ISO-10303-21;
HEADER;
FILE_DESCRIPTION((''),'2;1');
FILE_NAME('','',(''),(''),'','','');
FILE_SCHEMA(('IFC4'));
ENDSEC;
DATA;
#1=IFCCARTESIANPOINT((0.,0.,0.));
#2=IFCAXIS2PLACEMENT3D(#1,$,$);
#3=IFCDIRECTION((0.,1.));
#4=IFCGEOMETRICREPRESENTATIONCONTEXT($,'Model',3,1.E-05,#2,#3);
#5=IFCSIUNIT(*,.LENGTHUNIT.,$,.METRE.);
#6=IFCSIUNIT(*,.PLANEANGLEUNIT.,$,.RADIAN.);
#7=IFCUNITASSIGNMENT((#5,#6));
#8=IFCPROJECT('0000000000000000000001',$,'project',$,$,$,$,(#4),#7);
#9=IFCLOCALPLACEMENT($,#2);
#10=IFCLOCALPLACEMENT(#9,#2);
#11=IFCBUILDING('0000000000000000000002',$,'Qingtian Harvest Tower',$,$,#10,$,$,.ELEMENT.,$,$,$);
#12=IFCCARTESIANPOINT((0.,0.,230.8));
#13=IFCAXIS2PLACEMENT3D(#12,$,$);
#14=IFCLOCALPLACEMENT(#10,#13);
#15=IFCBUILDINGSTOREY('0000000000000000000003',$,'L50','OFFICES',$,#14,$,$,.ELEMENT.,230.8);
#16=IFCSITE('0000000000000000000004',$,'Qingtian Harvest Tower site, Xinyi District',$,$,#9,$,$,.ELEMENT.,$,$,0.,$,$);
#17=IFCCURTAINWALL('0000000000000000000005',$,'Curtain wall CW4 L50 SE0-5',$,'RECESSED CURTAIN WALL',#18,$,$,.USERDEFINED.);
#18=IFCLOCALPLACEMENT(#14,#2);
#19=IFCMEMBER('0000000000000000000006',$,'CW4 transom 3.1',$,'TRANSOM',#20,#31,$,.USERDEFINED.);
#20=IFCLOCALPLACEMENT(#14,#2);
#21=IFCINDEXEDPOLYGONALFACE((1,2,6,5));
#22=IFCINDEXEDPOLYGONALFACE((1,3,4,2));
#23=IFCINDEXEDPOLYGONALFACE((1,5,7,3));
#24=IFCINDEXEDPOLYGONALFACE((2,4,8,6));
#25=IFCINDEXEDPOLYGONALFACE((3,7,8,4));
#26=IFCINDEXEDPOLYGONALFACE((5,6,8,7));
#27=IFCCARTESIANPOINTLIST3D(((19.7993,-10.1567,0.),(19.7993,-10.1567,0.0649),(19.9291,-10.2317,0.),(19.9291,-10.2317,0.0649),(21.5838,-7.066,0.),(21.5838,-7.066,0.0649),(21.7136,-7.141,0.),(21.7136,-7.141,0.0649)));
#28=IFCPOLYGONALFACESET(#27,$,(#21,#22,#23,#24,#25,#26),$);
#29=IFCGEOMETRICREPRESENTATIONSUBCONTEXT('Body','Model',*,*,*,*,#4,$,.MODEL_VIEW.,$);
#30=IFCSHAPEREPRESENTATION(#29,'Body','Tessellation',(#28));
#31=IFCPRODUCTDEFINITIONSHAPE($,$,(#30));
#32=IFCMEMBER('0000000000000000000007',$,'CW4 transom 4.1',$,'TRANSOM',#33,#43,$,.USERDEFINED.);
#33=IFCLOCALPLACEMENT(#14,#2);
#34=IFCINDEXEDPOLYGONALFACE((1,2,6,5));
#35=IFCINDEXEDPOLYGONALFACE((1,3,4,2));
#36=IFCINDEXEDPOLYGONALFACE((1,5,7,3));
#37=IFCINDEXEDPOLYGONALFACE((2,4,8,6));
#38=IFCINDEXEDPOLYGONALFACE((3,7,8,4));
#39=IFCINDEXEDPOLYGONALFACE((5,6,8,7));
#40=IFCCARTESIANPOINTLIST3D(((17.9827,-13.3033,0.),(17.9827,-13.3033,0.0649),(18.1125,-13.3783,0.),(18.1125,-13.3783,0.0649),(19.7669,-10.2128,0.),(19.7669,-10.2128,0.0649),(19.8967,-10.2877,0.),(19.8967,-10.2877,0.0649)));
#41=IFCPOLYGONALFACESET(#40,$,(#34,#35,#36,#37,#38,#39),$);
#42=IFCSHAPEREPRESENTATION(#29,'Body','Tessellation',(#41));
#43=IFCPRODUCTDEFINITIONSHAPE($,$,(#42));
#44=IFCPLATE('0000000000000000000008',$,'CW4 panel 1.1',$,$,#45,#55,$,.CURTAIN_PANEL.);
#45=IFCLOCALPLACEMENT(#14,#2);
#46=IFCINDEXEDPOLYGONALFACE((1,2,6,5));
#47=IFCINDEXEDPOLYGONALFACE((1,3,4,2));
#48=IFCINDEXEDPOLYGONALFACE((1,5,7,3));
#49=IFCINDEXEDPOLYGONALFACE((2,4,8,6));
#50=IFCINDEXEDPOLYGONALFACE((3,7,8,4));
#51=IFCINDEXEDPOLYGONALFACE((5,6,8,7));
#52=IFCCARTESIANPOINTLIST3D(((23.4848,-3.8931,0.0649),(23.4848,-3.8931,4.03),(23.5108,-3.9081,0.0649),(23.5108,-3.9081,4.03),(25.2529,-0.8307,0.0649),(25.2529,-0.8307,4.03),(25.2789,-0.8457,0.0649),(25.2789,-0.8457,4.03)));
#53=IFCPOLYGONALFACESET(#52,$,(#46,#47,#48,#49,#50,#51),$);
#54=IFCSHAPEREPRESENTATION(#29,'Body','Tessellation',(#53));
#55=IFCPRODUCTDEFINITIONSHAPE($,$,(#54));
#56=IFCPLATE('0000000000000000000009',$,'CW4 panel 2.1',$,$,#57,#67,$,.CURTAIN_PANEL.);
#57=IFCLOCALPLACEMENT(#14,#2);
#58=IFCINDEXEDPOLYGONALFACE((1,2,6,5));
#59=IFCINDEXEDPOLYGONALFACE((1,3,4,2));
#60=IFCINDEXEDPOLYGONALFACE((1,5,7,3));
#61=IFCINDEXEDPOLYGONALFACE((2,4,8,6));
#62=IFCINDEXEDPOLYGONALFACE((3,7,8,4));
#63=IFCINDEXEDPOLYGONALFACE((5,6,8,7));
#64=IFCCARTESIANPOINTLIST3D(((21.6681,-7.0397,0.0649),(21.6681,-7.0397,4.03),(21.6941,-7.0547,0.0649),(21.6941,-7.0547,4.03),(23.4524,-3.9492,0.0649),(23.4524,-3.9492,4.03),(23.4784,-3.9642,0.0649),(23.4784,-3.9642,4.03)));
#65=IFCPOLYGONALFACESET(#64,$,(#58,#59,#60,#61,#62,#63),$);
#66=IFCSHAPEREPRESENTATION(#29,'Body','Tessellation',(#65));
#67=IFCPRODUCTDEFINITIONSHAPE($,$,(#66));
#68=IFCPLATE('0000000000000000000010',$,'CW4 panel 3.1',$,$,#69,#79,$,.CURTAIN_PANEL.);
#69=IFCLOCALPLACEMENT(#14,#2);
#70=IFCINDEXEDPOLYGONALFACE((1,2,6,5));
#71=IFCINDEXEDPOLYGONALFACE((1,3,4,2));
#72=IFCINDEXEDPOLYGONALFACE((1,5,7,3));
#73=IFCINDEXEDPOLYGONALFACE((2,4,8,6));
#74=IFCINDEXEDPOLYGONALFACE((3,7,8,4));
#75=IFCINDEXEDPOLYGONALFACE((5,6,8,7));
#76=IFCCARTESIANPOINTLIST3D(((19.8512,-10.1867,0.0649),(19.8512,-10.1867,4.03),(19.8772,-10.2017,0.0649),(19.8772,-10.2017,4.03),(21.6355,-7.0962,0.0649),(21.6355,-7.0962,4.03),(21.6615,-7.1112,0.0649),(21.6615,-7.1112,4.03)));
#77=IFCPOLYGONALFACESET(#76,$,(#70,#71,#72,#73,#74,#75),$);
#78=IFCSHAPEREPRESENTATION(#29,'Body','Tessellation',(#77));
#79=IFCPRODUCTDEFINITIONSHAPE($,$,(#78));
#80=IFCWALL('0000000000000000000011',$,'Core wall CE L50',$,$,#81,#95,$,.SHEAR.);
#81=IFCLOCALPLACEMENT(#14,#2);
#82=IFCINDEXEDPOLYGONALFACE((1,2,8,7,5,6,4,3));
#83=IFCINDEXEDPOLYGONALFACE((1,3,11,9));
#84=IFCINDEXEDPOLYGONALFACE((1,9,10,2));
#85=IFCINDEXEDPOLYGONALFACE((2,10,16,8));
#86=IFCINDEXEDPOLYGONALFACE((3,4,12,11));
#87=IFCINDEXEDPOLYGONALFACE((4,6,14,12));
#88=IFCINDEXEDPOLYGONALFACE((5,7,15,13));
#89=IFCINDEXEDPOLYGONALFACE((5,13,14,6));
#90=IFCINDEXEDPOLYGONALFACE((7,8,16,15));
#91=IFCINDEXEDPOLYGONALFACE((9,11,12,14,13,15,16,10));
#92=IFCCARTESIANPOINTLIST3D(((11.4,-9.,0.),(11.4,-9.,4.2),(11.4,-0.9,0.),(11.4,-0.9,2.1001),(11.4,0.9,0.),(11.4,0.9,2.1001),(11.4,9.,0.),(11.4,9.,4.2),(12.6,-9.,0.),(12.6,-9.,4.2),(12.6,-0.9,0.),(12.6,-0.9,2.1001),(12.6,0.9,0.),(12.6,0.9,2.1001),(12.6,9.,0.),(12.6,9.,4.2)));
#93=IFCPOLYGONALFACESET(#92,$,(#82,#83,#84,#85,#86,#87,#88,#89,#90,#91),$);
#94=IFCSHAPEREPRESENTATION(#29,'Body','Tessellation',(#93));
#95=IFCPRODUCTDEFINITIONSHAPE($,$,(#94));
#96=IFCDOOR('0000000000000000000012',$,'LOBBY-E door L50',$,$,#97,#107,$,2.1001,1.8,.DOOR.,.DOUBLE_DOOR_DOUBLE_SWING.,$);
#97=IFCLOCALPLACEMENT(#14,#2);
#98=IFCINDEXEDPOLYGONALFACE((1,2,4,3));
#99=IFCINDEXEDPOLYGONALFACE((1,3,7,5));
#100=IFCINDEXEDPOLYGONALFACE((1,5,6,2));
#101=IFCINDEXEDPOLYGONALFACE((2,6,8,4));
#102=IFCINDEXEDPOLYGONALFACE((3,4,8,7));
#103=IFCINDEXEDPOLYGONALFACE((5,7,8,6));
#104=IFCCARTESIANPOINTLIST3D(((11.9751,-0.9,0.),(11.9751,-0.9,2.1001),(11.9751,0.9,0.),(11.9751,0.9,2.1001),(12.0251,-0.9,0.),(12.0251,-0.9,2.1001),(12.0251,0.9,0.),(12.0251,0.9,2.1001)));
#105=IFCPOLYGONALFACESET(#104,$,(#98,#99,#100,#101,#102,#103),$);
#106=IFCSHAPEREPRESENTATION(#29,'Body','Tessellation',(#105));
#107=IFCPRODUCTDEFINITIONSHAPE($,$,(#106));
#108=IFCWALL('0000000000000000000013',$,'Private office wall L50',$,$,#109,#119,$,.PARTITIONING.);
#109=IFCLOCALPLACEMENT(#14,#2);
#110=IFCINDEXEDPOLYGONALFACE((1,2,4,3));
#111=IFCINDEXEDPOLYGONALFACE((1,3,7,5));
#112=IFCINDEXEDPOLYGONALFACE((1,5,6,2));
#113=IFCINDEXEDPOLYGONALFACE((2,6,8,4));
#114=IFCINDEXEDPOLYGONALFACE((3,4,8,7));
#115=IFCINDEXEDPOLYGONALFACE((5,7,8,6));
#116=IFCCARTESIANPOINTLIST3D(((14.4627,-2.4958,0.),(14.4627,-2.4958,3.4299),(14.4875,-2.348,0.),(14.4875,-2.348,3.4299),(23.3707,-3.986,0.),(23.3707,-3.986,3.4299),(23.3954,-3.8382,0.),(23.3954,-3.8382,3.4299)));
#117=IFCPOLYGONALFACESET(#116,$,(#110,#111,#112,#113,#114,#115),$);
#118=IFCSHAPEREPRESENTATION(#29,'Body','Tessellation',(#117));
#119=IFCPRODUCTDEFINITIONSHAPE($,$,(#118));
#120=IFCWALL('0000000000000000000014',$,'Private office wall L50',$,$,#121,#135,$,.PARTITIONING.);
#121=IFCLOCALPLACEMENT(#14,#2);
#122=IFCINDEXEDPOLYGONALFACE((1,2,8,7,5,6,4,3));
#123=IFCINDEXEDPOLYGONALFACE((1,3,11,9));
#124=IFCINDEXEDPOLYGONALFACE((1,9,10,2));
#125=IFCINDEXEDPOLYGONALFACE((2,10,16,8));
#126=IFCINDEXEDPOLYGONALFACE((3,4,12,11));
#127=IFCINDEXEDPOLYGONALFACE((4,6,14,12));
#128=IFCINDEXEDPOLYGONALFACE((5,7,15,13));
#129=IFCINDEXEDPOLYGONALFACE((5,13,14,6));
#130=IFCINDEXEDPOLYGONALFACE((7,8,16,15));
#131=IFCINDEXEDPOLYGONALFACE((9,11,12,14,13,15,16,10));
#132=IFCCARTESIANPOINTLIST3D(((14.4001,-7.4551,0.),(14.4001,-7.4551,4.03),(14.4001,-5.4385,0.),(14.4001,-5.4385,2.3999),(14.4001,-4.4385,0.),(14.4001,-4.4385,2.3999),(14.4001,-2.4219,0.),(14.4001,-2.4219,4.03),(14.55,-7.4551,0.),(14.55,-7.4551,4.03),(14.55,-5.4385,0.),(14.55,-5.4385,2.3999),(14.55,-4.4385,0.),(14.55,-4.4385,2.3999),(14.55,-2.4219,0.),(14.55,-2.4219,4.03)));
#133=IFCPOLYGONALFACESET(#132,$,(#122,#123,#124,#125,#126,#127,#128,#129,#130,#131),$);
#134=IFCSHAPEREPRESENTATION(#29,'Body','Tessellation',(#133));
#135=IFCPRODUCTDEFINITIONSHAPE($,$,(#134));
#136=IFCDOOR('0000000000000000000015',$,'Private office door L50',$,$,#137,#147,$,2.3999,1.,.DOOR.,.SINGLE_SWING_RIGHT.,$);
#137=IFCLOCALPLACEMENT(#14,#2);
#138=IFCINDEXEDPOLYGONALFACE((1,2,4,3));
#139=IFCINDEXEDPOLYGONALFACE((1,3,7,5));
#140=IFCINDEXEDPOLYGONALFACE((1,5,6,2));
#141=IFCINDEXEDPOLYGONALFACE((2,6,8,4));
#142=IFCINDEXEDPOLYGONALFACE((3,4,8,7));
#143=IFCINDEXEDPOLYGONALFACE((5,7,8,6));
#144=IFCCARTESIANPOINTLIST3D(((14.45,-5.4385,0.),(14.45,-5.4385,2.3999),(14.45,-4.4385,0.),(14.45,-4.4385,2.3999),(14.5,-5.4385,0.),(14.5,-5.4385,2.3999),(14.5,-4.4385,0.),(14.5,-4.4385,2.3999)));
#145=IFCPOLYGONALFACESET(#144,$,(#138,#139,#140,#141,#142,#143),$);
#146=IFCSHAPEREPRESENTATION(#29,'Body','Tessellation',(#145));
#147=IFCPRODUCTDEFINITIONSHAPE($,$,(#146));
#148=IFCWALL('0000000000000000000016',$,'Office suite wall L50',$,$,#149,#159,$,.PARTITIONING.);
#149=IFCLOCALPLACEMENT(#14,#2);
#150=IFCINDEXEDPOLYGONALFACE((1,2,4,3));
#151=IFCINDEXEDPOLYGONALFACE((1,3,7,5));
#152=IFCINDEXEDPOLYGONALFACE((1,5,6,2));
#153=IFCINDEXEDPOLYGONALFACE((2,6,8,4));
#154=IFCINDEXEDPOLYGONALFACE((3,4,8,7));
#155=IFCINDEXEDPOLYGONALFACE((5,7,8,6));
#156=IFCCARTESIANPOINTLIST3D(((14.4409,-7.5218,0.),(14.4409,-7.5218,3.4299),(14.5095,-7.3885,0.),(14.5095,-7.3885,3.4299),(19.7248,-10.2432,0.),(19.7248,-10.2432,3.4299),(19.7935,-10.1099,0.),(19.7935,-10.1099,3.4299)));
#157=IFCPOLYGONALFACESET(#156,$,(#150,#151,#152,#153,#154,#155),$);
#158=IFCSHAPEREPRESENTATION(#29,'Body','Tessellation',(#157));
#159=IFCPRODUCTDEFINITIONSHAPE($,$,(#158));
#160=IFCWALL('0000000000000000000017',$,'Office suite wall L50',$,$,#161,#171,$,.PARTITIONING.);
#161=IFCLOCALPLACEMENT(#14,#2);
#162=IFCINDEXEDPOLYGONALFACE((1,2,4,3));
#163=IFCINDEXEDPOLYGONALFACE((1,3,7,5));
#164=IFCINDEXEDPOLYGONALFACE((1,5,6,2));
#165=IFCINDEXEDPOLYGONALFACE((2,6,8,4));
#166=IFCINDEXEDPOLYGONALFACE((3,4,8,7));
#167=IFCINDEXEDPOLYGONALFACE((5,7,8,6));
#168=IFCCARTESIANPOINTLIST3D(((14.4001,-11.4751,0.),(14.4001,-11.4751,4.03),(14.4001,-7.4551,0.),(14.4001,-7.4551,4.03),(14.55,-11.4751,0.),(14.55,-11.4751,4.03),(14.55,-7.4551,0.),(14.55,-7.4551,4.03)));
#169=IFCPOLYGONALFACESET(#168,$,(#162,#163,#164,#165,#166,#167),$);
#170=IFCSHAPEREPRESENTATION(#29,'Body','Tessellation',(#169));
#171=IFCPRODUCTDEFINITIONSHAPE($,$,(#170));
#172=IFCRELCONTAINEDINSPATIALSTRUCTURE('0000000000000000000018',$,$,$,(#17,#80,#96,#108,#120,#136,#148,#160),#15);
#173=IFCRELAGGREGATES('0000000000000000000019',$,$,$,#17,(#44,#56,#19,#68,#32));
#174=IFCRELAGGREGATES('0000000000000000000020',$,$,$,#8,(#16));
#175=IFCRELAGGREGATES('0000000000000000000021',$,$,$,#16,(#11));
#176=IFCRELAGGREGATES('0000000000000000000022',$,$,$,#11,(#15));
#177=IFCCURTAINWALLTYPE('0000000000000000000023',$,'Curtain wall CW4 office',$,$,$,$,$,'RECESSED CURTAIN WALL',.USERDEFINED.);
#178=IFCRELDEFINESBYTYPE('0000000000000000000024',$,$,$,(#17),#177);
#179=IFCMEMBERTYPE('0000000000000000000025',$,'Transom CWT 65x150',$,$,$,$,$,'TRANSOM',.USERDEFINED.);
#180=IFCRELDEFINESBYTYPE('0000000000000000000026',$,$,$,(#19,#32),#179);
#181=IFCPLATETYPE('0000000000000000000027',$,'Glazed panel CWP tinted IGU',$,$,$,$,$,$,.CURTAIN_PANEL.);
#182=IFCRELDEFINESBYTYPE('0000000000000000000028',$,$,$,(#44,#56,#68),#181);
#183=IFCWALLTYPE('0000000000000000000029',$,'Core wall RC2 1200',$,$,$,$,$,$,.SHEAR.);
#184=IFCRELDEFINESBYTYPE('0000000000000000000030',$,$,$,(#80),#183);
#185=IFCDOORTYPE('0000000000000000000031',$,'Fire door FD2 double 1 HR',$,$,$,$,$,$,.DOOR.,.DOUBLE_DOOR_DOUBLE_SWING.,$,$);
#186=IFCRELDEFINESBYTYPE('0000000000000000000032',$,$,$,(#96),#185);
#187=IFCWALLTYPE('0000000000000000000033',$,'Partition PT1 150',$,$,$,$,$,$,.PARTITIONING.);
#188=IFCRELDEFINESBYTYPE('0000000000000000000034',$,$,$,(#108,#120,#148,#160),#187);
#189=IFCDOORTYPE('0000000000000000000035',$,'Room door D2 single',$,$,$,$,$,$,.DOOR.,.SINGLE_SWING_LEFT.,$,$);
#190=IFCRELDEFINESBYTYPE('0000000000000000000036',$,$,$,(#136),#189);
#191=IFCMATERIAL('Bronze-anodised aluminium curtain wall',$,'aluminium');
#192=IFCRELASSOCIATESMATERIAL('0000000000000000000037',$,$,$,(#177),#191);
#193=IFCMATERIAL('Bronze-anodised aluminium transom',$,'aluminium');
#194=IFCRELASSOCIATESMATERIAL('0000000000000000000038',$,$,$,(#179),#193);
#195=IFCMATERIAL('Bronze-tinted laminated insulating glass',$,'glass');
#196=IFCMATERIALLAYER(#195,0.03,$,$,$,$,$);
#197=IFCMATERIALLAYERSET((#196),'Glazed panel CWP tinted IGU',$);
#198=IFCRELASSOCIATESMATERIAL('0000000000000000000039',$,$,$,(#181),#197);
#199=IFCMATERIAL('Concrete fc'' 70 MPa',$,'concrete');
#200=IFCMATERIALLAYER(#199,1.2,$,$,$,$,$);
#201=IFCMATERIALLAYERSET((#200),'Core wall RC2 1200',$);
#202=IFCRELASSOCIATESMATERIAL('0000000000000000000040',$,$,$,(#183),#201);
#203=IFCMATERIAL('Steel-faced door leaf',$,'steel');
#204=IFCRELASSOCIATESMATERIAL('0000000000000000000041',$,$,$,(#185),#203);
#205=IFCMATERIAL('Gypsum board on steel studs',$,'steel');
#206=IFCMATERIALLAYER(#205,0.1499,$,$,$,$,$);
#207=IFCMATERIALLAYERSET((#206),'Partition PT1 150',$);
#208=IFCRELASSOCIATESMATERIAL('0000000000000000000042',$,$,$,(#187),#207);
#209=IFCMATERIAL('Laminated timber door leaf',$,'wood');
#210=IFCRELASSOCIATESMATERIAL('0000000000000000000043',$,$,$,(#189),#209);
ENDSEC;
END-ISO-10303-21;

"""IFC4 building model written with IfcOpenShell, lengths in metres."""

from ifc_helpers import new_model, si_unit, direction, frame, frame_2d, origin, origin_2d, place, context, subcontext, project, spatial, rectangle, extrude, material, layer, layer_set, material_profile, profile_set, type_object, element, fill, aggregate, save


model = new_model("IFC4")

# Units and contexts
model_context = context("Model", 3, precision=1e-05, world=origin(), true_north=direction((0.0, 1.0)))
body_context = subcontext(model_context, "Body", "Model", "MODEL_VIEW")
ifc_project = project(units=[si_unit("LENGTHUNIT", "METRE"), si_unit("PLANEANGLEUNIT", "RADIAN")], contexts=[model_context])

# Site, building, storey
site_placement = place(None, origin())
site = spatial("IfcSite", under=ifc_project, at=site_placement, Name="Qingtian Harvest Tower site, Xinyi District", CompositionType="ELEMENT", RefElevation=0.0)
building_placement = place(site_placement, origin())
building = spatial("IfcBuilding", under=site, at=building_placement, Name="Qingtian Harvest Tower", CompositionType="ELEMENT")
storey_placement = place(building_placement, frame((0.0, 0.0, 230.8)))
storey = spatial("IfcBuildingStorey", under=building, at=storey_placement, Name="L50", Description="OFFICES", CompositionType="ELEMENT", Elevation=230.8)

# Shared definitions
ifc_material_1 = material(Name="Bronze-anodised aluminium curtain wall", Category="aluminium")
curtain_wall_type = type_object("IfcCurtainWallType", Name="Curtain wall CW4 office", ElementType="RECESSED CURTAIN WALL", PredefinedType="USERDEFINED", material=ifc_material_1)

# Curtain wall
curtain_wall_1_placement = place(storey_placement, origin())
curtain_wall_1 = element("IfcCurtainWall", 1, at=curtain_wall_1_placement, inside=storey, type_object=curtain_wall_type, Name="Curtain wall CW4 L50 SE0-5", ObjectType="RECESSED CURTAIN WALL", PredefinedType="USERDEFINED")

# Members
ifc_material_2 = material(Name="Bronze-anodised aluminium transom", Category="aluminium")
ifc_material_profile_1 = material_profile(ifc_material_2, rectangle(XDim=0.1499, YDim=0.0649, at=origin_2d()), Name="AL 65x150")
ifc_profile_set_1 = profile_set([ifc_material_profile_1], Name="Bronze-anodised aluminium transom")
member_type_1 = type_object("IfcMemberType", Name="Transom CWT 65x150", ElementType="TRANSOM", PredefinedType="USERDEFINED", material=ifc_profile_set_1)
member_1_placement = place(storey_placement, frame((21.6487, -7.1035, 0.0325), z_axis=(-0.500017, -0.866016, 0.0), x_axis=(0.866016, -0.500017, 0.0)))
member_1 = element("IfcMember", 2, at=member_1_placement, type_object=member_type_1, Name="CW4 transom 3.1", ObjectType="TRANSOM", PredefinedType="USERDEFINED", context=body_context, shape_type="SweptSolid", body=[
    extrude(rectangle(XDim=0.1499, YDim=0.0649, at=origin_2d()), origin(), (0.0, 0.0, 1.0), 3.5688),
])
member_2_placement = place(storey_placement, frame((19.8318, -10.2502, 0.0325), z_axis=(-0.499965, -0.866045, 0.0), x_axis=(0.866045, -0.499965, 0.0)))
member_2 = element("IfcMember", 3, at=member_2_placement, type_object=member_type_1, Name="CW4 transom 4.1", ObjectType="TRANSOM", PredefinedType="USERDEFINED", context=body_context, shape_type="SweptSolid", body=[
    extrude(rectangle(XDim=0.1499, YDim=0.0649, at=origin_2d()), origin(), (0.0, 0.0, 1.0), 3.5686),
])

# Plates
ifc_material_3 = material(Name="Bronze-tinted laminated insulating glass", Category="glass")
ifc_layer_1 = layer(ifc_material_3, 0.03)
ifc_layer_set_1 = layer_set([ifc_layer_1], Name="Glazed panel CWP tinted IGU")
plate_type = type_object("IfcPlateType", Name="Glazed panel CWP tinted IGU", PredefinedType="CURTAIN_PANEL", material=ifc_layer_set_1)
plate_1_placement = place(storey_placement, frame((24.3818, -2.3694, 0.0649), z_axis=(0.0, 0.0, 1.0), x_axis=(-0.5, -0.866025, 0.0)))
plate_1 = element("IfcPlate", 4, at=plate_1_placement, type_object=plate_type, Name="CW4 panel 1.1", PredefinedType="CURTAIN_PANEL", context=body_context, shape_type="SweptSolid", body=[
    extrude(rectangle(XDim=3.5361, YDim=0.03, at=origin_2d()), origin(), (0.0, 0.0, 1.0), 3.9651),
])
plate_2_placement = place(storey_placement, frame((22.5732, -5.502, 0.0649), z_axis=(0.0, 0.0, 1.0), x_axis=(-0.5, -0.866025, 0.0)))
plate_2 = element("IfcPlate", 5, at=plate_2_placement, type_object=plate_type, Name="CW4 panel 2.1", PredefinedType="CURTAIN_PANEL", context=body_context, shape_type="SweptSolid", body=[
    extrude(rectangle(XDim=3.5686, YDim=0.03, at=origin_2d()), origin(), (0.0, 0.0, 1.0), 3.9651),
])
plate_3_placement = place(storey_placement, frame((20.7563, -8.6489, 0.0649), z_axis=(0.0, 0.0, 1.0), x_axis=(-0.5, -0.866025, 0.0)))
plate_3 = element("IfcPlate", 6, at=plate_3_placement, type_object=plate_type, Name="CW4 panel 3.1", PredefinedType="CURTAIN_PANEL", context=body_context, shape_type="SweptSolid", body=[
    extrude(rectangle(XDim=3.5686, YDim=0.03, at=origin_2d()), origin(), (0.0, 0.0, 1.0), 3.9651),
])
aggregate(curtain_wall_1, [plate_1, plate_2, member_1, plate_3, member_2])

# Wall, opening, door
ifc_material_4 = material(Name="Concrete fc' 70 MPa", Category="concrete")
ifc_layer_2 = layer(ifc_material_4, 1.2)
ifc_layer_set_2 = layer_set([ifc_layer_2], Name="Core wall RC2 1200")
wall_type_1 = type_object("IfcWallType", Name="Core wall RC2 1200", PredefinedType="SHEAR", material=ifc_layer_set_2)
wall_1_placement = place(storey_placement, frame((12.0, -9.0, 0.0), z_axis=(0.0, 0.0, 1.0), x_axis=(0.0, 1.0, 0.0)))
wall_1 = element("IfcWall", 7, at=wall_1_placement, inside=storey, type_object=wall_type_1, Name="Core wall CE L50", PredefinedType="SHEAR", context=body_context, shape_type="SweptSolid", body=[
    extrude(rectangle(XDim=18.0, YDim=1.2, at=frame_2d((9.0, 0.0))), origin(), (0.0, 0.0, 1.0), 4.2),
])
opening_1_placement = place(wall_1_placement, frame((8.1001, 0.0, 0.0)))
opening_1 = element("IfcOpeningElement", 8, at=opening_1_placement, cuts=wall_1, PredefinedType="OPENING", context=body_context, shape_type="SweptSolid", body=[
    extrude(rectangle(XDim=1.8, YDim=2.1001, at=frame_2d((0.8999, 1.05))), frame((0.0, 0.6099, 0.0), z_axis=(0.0, -1.0, 0.0), x_axis=(1.0, 0.0, 0.0)), (0.0, 0.0, 1.0), 1.22),
])
ifc_material_5 = material(Name="Steel-faced door leaf", Category="steel")
door_type_1 = type_object("IfcDoorType", Name="Fire door FD2 double 1 HR", OperationType="DOUBLE_DOOR_DOUBLE_SWING", PredefinedType="DOOR", material=ifc_material_5)
door_1_placement = place(opening_1_placement, origin())
door_1 = element("IfcDoor", 9, at=door_1_placement, inside=storey, type_object=door_type_1, Name="LOBBY-E door L50", OperationType="DOUBLE_DOOR_DOUBLE_SWING", OverallHeight=2.1001, OverallWidth=1.8, PredefinedType="DOOR", context=body_context, shape_type="SweptSolid", body=[
    extrude(rectangle(XDim=1.8, YDim=2.1001, at=frame_2d((0.8999, 1.05))), frame((0.0, 0.0249, 0.0), z_axis=(0.0, -1.0, 0.0), x_axis=(1.0, 0.0, 0.0)), (0.0, 0.0, 1.0), 0.05),
])
fill(opening_1, door_1)

# Wall
ifc_material_6 = material(Name="Gypsum board on steel studs", Category="steel")
ifc_layer_3 = layer(ifc_material_6, 0.1499)
ifc_layer_set_3 = layer_set([ifc_layer_3], Name="Partition PT1 150")
wall_type_2 = type_object("IfcWallType", Name="Partition PT1 150", PredefinedType="PARTITIONING", material=ifc_layer_set_3)
wall_2_placement = place(storey_placement, frame((23.3831, -3.9121, 0.0), z_axis=(0.0, 0.0, 1.0), x_axis=(-0.986294, 0.164999, 0.0)))
element("IfcWall", 10, at=wall_2_placement, inside=storey, type_object=wall_type_2, Name="Private office wall L50", PredefinedType="PARTITIONING", context=body_context, shape_type="SweptSolid", body=[
    extrude(rectangle(XDim=9.0317, YDim=0.1499, at=frame_2d((4.5159, 0.0))), origin(), (0.0, 0.0, 1.0), 3.4299),
])

# Wall, opening, door
wall_3_placement = place(storey_placement, frame((14.4751, -2.4219, 0.0), z_axis=(0.0, 0.0, 1.0), x_axis=(0.0, -1.0, 0.0)))
wall_3 = element("IfcWall", 11, at=wall_3_placement, inside=storey, type_object=wall_type_2, Name="Private office wall L50", PredefinedType="PARTITIONING", context=body_context, shape_type="SweptSolid", body=[
    extrude(rectangle(XDim=5.0332, YDim=0.1499, at=frame_2d((2.5166, 0.0))), origin(), (0.0, 0.0, 1.0), 4.03),
])
opening_2_placement = place(wall_3_placement, frame((2.0166, 0.0, 0.0)))
opening_2 = element("IfcOpeningElement", 12, at=opening_2_placement, cuts=wall_3, PredefinedType="OPENING", context=body_context, shape_type="SweptSolid", body=[
    extrude(rectangle(XDim=1.0, YDim=2.3999, at=frame_2d((0.5, 1.2))), frame((0.0, 0.085, 0.0), z_axis=(0.0, -1.0, 0.0), x_axis=(1.0, 0.0, 0.0)), (0.0, 0.0, 1.0), 0.1699),
])
ifc_material_7 = material(Name="Laminated timber door leaf", Category="wood")
door_type_2 = type_object("IfcDoorType", Name="Room door D2 single", OperationType="SINGLE_SWING_LEFT", PredefinedType="DOOR", material=ifc_material_7)
door_2_placement = place(opening_2_placement, origin())
door_2 = element("IfcDoor", 13, at=door_2_placement, inside=storey, type_object=door_type_2, Name="Private office door L50", OperationType="SINGLE_SWING_RIGHT", OverallHeight=2.3999, OverallWidth=1.0, PredefinedType="DOOR", context=body_context, shape_type="SweptSolid", body=[
    extrude(rectangle(XDim=1.0, YDim=2.3999, at=frame_2d((0.5, 1.2))), frame((0.0, 0.0249, 0.0), z_axis=(0.0, -1.0, 0.0), x_axis=(1.0, 0.0, 0.0)), (0.0, 0.0, 1.0), 0.05),
])
fill(opening_2, door_2)

# Walls
wall_4_placement = place(storey_placement, frame((19.759, -10.1765, 0.0), z_axis=(0.0, 0.0, 1.0), x_axis=(-0.889015, 0.457878, 0.0)))
element("IfcWall", 14, at=wall_4_placement, inside=storey, type_object=wall_type_2, Name="Office suite wall L50", PredefinedType="PARTITIONING", context=body_context, shape_type="SweptSolid", body=[
    extrude(rectangle(XDim=5.9436, YDim=0.1499, at=frame_2d((2.9717, 0.0))), origin(), (0.0, 0.0, 1.0), 3.4299),
])
wall_5_placement = place(storey_placement, frame((14.4751, -7.4551, 0.0), z_axis=(0.0, 0.0, 1.0), x_axis=(0.0, -1.0, 0.0)))
element("IfcWall", 15, at=wall_5_placement, inside=storey, type_object=wall_type_2, Name="Office suite wall L50", PredefinedType="PARTITIONING", context=body_context, shape_type="SweptSolid", body=[
    extrude(rectangle(XDim=4.02, YDim=0.1499, at=frame_2d((2.01, 0.0))), origin(), (0.0, 0.0, 1.0), 4.03),
])

save(model, "model.ifc")
